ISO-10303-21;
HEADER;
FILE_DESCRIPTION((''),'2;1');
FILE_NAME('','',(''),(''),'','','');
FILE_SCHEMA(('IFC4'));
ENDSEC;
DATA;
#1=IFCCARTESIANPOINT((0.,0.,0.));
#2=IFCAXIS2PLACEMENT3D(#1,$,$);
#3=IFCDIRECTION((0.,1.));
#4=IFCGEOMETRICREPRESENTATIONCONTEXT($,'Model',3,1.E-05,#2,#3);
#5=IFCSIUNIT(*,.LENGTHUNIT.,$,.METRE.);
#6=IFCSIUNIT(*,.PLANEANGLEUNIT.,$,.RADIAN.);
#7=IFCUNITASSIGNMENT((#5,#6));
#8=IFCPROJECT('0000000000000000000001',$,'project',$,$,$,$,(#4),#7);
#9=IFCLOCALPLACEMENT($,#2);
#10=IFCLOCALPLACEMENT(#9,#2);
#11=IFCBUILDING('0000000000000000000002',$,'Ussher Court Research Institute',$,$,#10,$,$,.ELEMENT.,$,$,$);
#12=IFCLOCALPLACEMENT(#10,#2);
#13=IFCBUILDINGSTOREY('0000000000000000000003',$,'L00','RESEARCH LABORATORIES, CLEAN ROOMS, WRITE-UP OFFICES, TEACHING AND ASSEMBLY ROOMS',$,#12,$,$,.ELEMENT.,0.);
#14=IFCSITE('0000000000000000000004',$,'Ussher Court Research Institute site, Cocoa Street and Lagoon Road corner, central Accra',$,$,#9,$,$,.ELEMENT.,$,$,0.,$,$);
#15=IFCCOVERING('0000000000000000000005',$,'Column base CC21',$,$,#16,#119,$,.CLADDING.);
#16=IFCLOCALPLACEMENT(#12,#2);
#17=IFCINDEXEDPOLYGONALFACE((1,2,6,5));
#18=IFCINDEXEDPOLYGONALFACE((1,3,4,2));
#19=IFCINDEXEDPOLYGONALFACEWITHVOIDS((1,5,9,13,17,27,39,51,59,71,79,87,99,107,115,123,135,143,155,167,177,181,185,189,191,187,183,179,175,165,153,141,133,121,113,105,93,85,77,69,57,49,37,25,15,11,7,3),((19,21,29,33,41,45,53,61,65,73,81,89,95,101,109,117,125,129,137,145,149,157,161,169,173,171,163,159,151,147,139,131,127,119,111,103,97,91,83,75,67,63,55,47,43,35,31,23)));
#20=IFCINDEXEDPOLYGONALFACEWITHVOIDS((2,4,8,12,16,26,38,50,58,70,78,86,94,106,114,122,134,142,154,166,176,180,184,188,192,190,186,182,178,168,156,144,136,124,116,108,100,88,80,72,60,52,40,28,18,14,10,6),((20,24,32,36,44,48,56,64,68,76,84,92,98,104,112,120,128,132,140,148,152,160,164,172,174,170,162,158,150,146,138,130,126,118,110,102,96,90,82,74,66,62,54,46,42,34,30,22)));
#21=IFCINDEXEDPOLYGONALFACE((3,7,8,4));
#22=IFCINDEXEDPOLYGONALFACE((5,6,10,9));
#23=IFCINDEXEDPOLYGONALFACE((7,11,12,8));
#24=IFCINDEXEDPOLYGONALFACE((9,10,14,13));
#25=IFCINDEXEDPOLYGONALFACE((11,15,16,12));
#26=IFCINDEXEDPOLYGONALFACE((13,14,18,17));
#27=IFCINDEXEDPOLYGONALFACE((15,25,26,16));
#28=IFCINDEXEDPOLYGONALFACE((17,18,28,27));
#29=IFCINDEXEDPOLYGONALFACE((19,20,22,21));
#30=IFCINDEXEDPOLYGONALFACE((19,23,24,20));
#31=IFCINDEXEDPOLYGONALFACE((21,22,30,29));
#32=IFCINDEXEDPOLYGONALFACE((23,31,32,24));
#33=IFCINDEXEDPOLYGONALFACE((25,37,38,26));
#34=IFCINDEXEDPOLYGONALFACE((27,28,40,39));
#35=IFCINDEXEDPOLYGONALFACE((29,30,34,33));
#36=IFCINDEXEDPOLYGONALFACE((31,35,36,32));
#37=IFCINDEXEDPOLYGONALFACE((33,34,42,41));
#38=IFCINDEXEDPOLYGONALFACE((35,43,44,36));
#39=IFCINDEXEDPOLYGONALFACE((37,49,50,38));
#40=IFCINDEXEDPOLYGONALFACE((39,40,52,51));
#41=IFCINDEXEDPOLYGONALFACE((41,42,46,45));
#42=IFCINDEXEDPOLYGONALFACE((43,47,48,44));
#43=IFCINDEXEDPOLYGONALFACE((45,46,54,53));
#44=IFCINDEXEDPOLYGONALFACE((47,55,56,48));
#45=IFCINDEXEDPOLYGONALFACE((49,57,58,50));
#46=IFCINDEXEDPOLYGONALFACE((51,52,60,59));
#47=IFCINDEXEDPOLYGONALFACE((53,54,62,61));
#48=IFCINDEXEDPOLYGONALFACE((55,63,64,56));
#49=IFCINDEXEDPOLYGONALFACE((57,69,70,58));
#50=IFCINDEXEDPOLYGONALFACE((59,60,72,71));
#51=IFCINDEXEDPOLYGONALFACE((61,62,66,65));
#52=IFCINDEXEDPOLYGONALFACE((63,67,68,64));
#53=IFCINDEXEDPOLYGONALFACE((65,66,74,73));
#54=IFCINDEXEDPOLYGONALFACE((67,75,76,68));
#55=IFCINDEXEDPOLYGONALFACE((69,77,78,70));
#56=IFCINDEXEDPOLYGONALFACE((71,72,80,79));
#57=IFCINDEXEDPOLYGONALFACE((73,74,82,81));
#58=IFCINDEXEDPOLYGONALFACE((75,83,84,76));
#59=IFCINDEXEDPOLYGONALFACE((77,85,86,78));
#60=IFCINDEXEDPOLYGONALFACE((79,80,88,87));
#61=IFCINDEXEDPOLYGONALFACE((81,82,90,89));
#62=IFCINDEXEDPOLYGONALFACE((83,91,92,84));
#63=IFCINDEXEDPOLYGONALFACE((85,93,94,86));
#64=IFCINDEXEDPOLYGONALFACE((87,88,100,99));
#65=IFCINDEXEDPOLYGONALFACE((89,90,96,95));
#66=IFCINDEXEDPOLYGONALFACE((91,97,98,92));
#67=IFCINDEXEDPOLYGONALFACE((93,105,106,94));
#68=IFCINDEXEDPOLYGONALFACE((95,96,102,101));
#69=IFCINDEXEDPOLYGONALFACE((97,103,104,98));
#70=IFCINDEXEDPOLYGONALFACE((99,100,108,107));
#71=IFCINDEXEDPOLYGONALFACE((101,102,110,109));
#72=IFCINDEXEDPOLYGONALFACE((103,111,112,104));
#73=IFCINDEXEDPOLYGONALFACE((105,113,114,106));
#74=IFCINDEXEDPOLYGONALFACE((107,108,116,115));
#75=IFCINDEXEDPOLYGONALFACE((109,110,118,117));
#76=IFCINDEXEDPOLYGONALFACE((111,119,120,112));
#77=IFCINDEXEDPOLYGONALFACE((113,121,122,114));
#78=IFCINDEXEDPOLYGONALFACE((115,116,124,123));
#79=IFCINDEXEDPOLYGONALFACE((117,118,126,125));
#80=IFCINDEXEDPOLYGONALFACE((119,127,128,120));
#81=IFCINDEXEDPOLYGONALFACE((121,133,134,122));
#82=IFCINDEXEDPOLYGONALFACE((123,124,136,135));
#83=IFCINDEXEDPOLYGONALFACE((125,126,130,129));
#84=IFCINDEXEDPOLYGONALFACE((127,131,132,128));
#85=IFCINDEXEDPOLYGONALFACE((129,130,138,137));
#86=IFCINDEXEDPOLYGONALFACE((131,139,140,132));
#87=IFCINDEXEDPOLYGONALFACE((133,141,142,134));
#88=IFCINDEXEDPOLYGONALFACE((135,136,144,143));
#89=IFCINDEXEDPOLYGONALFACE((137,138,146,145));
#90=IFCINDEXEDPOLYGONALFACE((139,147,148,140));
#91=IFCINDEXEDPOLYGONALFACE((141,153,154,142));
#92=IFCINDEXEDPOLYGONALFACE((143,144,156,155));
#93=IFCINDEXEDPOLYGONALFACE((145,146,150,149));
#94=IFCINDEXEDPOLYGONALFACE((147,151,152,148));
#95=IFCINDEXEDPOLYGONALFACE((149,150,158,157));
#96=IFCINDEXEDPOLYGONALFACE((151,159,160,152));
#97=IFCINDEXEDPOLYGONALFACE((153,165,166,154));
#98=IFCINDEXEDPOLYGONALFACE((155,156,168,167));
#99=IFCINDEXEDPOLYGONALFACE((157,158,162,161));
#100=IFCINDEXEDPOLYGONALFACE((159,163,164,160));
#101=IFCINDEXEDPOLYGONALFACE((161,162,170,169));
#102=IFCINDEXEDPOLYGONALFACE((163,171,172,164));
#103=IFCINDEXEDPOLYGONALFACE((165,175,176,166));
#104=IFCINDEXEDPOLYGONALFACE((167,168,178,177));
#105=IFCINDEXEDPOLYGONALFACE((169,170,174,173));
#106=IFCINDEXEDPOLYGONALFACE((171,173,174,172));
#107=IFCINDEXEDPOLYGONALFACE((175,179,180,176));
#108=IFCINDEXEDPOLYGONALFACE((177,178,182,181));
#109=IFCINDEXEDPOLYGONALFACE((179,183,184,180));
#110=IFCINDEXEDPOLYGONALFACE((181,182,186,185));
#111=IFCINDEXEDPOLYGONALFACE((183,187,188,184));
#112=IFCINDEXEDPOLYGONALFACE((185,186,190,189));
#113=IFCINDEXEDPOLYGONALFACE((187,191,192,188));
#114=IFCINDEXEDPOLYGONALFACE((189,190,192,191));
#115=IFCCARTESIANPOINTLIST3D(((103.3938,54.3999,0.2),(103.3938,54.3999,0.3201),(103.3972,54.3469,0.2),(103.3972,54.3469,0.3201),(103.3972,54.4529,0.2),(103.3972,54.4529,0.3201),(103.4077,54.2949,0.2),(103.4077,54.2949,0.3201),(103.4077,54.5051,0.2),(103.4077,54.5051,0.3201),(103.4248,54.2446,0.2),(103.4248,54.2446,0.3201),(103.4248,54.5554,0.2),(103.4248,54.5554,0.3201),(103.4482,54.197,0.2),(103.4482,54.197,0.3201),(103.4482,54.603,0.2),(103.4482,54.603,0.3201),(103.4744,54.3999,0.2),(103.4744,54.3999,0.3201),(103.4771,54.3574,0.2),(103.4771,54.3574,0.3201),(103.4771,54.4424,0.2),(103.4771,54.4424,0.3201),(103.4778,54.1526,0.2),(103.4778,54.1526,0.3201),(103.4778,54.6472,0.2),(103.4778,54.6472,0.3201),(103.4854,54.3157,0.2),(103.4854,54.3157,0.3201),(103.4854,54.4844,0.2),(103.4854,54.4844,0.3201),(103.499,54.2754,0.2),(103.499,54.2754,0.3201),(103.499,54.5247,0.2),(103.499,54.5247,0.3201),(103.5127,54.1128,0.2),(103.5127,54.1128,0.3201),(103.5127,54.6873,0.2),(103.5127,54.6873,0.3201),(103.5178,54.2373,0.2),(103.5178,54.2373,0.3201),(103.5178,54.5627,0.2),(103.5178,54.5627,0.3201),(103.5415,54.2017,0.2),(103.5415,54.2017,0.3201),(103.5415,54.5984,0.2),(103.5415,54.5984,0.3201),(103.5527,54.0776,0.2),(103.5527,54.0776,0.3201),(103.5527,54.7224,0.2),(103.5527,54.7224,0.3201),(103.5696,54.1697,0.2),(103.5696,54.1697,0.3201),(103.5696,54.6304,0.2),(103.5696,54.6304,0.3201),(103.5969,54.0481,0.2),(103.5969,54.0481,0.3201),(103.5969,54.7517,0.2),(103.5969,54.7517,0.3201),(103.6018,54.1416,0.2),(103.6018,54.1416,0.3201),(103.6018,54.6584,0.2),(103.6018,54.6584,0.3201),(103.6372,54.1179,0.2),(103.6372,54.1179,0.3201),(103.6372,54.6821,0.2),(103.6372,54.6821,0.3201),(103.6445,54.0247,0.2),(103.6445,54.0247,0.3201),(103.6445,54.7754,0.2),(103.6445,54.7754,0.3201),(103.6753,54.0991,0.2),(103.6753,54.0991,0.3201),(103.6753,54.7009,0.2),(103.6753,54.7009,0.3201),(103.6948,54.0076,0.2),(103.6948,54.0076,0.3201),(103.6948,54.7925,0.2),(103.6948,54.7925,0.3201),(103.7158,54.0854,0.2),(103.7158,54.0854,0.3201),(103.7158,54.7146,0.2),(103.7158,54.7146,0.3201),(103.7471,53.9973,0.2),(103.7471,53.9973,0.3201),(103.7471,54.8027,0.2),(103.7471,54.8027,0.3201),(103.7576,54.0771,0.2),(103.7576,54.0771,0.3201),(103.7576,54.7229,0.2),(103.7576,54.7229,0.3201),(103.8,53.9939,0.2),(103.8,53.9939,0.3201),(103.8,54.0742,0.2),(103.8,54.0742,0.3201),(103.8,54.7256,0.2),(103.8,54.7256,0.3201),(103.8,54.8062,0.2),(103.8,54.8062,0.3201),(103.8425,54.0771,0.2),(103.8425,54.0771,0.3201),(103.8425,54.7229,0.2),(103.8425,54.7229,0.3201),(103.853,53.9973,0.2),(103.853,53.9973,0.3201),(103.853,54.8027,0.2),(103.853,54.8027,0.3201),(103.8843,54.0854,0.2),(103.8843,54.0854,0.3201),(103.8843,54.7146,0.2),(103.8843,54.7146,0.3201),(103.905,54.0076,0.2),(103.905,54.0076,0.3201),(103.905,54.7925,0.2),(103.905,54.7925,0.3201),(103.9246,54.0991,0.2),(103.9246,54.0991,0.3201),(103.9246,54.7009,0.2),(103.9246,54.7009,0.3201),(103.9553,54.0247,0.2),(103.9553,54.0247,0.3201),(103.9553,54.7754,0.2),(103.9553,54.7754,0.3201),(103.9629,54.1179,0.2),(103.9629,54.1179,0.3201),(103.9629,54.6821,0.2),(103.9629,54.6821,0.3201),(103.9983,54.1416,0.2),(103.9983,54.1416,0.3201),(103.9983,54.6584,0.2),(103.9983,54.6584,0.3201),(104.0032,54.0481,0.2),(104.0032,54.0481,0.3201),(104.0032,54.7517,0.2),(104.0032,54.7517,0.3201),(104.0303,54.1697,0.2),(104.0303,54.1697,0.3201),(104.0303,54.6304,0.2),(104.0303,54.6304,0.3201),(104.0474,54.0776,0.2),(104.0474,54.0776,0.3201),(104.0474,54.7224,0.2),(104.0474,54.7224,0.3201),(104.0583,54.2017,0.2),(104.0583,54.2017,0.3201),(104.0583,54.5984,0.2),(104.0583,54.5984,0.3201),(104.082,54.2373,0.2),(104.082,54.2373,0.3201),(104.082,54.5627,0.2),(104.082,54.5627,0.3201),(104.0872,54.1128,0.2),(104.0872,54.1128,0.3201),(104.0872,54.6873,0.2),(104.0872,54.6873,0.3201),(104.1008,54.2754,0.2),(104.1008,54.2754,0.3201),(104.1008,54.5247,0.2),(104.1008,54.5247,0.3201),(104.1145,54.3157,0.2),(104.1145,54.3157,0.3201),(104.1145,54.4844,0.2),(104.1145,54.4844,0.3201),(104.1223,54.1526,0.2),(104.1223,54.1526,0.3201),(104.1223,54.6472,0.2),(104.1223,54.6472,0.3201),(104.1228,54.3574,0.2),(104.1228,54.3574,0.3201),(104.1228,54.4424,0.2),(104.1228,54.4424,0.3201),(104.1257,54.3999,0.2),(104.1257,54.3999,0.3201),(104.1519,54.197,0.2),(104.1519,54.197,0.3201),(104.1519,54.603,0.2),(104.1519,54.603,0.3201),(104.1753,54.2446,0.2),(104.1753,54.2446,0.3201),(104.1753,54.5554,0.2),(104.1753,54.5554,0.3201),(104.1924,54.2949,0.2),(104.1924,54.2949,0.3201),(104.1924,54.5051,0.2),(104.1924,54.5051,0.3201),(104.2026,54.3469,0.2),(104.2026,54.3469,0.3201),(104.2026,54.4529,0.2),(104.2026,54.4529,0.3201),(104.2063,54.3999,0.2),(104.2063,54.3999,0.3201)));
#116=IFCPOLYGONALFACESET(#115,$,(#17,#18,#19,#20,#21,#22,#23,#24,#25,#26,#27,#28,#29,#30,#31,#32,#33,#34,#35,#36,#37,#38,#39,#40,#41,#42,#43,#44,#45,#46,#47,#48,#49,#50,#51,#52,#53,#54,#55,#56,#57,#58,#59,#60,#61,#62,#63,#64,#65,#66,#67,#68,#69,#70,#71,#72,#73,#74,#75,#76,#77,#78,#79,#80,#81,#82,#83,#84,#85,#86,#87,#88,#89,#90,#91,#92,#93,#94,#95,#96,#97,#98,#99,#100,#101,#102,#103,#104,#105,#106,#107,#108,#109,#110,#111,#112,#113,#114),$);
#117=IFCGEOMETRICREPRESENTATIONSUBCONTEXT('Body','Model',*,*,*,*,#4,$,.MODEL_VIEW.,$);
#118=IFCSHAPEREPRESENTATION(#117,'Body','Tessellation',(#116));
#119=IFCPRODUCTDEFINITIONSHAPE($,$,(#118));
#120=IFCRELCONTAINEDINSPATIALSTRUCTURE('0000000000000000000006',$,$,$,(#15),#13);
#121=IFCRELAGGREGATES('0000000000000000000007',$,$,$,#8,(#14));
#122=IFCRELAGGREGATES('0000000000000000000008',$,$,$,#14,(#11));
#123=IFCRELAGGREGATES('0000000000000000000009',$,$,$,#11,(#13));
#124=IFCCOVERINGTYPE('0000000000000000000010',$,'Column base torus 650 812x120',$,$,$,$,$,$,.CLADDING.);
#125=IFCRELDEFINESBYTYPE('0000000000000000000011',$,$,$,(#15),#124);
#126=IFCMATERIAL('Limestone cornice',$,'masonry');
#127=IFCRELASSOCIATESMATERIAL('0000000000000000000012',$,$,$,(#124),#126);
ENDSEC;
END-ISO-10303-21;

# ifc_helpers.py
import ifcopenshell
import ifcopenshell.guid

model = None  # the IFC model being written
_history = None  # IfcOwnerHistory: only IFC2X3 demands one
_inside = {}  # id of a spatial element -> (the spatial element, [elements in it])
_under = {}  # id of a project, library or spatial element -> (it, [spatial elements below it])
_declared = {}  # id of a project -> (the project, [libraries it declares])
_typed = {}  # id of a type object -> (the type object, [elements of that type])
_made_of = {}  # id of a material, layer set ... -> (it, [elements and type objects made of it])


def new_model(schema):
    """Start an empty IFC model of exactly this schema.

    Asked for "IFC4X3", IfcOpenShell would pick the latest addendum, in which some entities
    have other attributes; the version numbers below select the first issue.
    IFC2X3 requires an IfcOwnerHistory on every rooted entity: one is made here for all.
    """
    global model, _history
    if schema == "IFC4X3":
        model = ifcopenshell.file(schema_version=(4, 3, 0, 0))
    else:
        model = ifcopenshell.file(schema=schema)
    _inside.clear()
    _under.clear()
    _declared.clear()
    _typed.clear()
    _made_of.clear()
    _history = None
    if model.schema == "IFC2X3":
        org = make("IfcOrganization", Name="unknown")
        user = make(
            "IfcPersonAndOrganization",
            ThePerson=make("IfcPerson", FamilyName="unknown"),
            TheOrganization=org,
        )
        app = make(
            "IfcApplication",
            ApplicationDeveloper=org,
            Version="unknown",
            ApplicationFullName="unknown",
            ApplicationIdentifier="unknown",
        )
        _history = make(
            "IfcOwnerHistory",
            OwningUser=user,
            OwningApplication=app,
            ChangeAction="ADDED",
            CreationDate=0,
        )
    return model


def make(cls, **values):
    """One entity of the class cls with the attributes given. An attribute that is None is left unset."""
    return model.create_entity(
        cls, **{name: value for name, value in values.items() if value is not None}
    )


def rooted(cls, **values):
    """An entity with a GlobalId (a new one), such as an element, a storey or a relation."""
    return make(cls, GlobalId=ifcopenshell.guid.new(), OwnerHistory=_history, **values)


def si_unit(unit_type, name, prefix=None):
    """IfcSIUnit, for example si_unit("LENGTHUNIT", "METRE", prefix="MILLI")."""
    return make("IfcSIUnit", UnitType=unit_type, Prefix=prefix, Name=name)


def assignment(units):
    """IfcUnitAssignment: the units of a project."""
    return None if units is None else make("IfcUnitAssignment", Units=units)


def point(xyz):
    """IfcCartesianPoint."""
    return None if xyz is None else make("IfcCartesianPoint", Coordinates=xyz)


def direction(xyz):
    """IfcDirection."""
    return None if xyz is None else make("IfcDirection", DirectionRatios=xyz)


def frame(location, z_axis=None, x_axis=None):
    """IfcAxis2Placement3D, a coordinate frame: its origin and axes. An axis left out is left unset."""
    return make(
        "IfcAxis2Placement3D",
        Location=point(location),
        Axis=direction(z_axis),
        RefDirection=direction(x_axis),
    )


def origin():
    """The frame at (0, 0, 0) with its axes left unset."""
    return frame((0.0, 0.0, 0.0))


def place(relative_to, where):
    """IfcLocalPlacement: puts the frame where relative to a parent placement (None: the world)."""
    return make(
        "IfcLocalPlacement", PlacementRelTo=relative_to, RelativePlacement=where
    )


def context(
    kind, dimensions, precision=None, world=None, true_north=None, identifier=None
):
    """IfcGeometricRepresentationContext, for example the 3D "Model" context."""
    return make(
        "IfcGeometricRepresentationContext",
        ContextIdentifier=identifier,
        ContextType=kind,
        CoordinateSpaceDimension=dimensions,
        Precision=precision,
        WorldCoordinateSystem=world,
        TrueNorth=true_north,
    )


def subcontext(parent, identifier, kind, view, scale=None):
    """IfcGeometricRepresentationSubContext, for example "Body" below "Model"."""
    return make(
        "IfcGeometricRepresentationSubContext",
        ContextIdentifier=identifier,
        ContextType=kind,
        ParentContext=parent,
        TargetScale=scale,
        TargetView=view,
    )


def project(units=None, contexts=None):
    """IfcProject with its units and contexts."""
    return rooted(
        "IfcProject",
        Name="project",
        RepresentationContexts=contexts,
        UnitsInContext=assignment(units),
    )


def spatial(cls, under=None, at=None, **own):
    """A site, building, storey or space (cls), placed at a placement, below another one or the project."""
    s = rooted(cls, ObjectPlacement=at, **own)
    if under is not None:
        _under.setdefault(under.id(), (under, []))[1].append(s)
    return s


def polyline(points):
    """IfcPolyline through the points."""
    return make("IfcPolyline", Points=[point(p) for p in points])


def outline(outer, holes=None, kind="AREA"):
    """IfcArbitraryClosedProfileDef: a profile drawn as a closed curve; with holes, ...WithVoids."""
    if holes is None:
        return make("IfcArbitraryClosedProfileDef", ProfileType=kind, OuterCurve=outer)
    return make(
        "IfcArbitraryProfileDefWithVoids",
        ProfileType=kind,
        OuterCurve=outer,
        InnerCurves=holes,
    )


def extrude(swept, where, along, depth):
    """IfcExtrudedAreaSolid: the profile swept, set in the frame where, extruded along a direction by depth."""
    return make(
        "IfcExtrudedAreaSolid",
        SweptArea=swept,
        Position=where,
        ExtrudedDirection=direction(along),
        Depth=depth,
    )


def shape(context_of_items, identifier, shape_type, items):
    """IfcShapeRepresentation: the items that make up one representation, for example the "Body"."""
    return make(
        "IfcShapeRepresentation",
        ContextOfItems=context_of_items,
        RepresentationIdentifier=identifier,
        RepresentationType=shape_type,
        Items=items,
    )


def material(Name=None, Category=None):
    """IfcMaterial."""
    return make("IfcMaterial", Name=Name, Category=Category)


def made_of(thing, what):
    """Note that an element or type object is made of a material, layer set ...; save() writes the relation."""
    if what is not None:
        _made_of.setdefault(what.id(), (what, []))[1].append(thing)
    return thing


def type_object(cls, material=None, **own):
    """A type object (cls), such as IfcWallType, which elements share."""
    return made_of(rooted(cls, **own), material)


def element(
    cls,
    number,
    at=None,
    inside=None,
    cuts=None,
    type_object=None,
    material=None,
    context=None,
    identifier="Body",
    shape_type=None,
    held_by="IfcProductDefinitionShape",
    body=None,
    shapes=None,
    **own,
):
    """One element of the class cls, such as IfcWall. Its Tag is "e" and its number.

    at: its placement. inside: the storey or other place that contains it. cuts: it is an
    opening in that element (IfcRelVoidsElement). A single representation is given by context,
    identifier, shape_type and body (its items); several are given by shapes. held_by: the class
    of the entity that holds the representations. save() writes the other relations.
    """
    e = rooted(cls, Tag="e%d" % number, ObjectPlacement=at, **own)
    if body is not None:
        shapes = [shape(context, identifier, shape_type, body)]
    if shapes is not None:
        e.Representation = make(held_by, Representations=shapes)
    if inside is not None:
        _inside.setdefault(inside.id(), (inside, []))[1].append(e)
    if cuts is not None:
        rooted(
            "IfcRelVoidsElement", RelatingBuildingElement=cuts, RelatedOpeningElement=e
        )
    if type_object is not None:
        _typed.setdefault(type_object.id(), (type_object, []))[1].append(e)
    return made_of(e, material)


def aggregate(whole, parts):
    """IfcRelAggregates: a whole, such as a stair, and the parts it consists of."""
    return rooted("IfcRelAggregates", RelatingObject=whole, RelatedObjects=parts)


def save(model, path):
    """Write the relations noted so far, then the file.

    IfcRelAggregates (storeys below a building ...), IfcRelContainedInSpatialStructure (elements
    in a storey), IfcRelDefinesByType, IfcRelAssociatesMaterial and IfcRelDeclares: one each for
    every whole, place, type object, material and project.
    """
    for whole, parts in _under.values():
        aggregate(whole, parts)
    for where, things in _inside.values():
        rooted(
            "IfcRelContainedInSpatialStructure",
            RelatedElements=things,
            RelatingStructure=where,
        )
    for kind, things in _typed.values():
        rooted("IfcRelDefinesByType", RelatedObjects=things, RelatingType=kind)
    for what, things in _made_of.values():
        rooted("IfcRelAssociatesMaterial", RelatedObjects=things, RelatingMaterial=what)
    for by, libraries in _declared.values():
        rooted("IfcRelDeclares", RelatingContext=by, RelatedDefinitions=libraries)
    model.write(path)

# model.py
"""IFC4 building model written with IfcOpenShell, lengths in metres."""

from ifc_helpers import new_model, si_unit, direction, frame, origin, place, context, subcontext, project, spatial, polyline, outline, extrude, material, type_object, element, save


model = new_model("IFC4")

# Units and contexts
model_context = context("Model", 3, precision=1e-05, world=origin(), true_north=direction((0.0, 1.0)))
body_context = subcontext(model_context, "Body", "Model", "MODEL_VIEW")
ifc_project = project(units=[si_unit("LENGTHUNIT", "METRE"), si_unit("PLANEANGLEUNIT", "RADIAN")], contexts=[model_context])

# Site, building, storey
site_placement = place(None, origin())
site = spatial("IfcSite", under=ifc_project, at=site_placement, Name="Ussher Court Research Institute site, Cocoa Street and Lagoon Road corner, central Accra", CompositionType="ELEMENT", RefElevation=0.0)
building_placement = place(site_placement, origin())
building = spatial("IfcBuilding", under=site, at=building_placement, Name="Ussher Court Research Institute", CompositionType="ELEMENT")
storey_placement = place(building_placement, origin())
storey = spatial("IfcBuildingStorey", under=building, at=storey_placement, Name="L00", Description="RESEARCH LABORATORIES, CLEAN ROOMS, WRITE-UP OFFICES, TEACHING AND ASSEMBLY ROOMS", CompositionType="ELEMENT", Elevation=0.0)

# Covering
ifc_material_1 = material(Name="Limestone cornice", Category="masonry")
covering_type_1 = type_object("IfcCoveringType", Name="Column base torus 650 812x120", PredefinedType="CLADDING", material=ifc_material_1)
covering_1_placement = place(storey_placement, frame((0.0, 0.0, 0.2)))
element("IfcCovering", 1, at=covering_1_placement, inside=storey, type_object=covering_type_1, Name="Column base CC21", PredefinedType="CLADDING", context=body_context, shape_type="SweptSolid", body=[
    extrude(outline(polyline([(104.2063, 54.3999), (104.2026, 54.4529), (104.1924, 54.5051), (104.1753, 54.5554), (104.1519, 54.603), (104.1223, 54.6472), (104.0872, 54.6873), (104.0474, 54.7224), (104.0032, 54.7517), (103.9553, 54.7754), (103.905, 54.7925), (103.853, 54.8027), (103.8, 54.8062), (103.7471, 54.8027), (103.6948, 54.7925), (103.6445, 54.7754), (103.5969, 54.7517), (103.5527, 54.7224), (103.5127, 54.6873), (103.4778, 54.6472), (103.4482, 54.603), (103.4248, 54.5554), (103.4077, 54.5051), (103.3972, 54.4529), (103.3938, 54.3999), (103.3972, 54.3469), (103.4077, 54.2949), (103.4248, 54.2446), (103.4482, 54.197), (103.4778, 54.1526), (103.5127, 54.1128), (103.5527, 54.0776), (103.5969, 54.0481), (103.6445, 54.0247), (103.6948, 54.0076), (103.7471, 53.9973), (103.8, 53.9939), (103.853, 53.9973), (103.905, 54.0076), (103.9553, 54.0247), (104.0032, 54.0481), (104.0474, 54.0776), (104.0872, 54.1128), (104.1223, 54.1526), (104.1519, 54.197), (104.1753, 54.2446), (104.1924, 54.2949), (104.2026, 54.3469), (104.2063, 54.3999)]), holes=[polyline([(104.1257, 54.3999), (104.1228, 54.4424), (104.1145, 54.4844), (104.1008, 54.5247), (104.082, 54.5627), (104.0583, 54.5984), (104.0303, 54.6304), (103.9983, 54.6584), (103.9629, 54.6821), (103.9246, 54.7009), (103.8843, 54.7146), (103.8425, 54.7229), (103.8, 54.7256), (103.7576, 54.7229), (103.7158, 54.7146), (103.6753, 54.7009), (103.6372, 54.6821), (103.6018, 54.6584), (103.5696, 54.6304), (103.5415, 54.5984), (103.5178, 54.5627), (103.499, 54.5247), (103.4854, 54.4844), (103.4771, 54.4424), (103.4744, 54.3999), (103.4771, 54.3574), (103.4854, 54.3157), (103.499, 54.2754), (103.5178, 54.2373), (103.5415, 54.2017), (103.5696, 54.1697), (103.6018, 54.1416), (103.6372, 54.1179), (103.6753, 54.0991), (103.7158, 54.0854), (103.7576, 54.0771), (103.8, 54.0742), (103.8425, 54.0771), (103.8843, 54.0854), (103.9246, 54.0991), (103.9629, 54.1179), (103.9983, 54.1416), (104.0303, 54.1697), (104.0583, 54.2017), (104.082, 54.2373), (104.1008, 54.2754), (104.1145, 54.3157), (104.1228, 54.3574), (104.1257, 54.3999)])]), origin(), (0.0, 0.0, 1.0), 0.1201),
])

save(model, "model.ifc")
